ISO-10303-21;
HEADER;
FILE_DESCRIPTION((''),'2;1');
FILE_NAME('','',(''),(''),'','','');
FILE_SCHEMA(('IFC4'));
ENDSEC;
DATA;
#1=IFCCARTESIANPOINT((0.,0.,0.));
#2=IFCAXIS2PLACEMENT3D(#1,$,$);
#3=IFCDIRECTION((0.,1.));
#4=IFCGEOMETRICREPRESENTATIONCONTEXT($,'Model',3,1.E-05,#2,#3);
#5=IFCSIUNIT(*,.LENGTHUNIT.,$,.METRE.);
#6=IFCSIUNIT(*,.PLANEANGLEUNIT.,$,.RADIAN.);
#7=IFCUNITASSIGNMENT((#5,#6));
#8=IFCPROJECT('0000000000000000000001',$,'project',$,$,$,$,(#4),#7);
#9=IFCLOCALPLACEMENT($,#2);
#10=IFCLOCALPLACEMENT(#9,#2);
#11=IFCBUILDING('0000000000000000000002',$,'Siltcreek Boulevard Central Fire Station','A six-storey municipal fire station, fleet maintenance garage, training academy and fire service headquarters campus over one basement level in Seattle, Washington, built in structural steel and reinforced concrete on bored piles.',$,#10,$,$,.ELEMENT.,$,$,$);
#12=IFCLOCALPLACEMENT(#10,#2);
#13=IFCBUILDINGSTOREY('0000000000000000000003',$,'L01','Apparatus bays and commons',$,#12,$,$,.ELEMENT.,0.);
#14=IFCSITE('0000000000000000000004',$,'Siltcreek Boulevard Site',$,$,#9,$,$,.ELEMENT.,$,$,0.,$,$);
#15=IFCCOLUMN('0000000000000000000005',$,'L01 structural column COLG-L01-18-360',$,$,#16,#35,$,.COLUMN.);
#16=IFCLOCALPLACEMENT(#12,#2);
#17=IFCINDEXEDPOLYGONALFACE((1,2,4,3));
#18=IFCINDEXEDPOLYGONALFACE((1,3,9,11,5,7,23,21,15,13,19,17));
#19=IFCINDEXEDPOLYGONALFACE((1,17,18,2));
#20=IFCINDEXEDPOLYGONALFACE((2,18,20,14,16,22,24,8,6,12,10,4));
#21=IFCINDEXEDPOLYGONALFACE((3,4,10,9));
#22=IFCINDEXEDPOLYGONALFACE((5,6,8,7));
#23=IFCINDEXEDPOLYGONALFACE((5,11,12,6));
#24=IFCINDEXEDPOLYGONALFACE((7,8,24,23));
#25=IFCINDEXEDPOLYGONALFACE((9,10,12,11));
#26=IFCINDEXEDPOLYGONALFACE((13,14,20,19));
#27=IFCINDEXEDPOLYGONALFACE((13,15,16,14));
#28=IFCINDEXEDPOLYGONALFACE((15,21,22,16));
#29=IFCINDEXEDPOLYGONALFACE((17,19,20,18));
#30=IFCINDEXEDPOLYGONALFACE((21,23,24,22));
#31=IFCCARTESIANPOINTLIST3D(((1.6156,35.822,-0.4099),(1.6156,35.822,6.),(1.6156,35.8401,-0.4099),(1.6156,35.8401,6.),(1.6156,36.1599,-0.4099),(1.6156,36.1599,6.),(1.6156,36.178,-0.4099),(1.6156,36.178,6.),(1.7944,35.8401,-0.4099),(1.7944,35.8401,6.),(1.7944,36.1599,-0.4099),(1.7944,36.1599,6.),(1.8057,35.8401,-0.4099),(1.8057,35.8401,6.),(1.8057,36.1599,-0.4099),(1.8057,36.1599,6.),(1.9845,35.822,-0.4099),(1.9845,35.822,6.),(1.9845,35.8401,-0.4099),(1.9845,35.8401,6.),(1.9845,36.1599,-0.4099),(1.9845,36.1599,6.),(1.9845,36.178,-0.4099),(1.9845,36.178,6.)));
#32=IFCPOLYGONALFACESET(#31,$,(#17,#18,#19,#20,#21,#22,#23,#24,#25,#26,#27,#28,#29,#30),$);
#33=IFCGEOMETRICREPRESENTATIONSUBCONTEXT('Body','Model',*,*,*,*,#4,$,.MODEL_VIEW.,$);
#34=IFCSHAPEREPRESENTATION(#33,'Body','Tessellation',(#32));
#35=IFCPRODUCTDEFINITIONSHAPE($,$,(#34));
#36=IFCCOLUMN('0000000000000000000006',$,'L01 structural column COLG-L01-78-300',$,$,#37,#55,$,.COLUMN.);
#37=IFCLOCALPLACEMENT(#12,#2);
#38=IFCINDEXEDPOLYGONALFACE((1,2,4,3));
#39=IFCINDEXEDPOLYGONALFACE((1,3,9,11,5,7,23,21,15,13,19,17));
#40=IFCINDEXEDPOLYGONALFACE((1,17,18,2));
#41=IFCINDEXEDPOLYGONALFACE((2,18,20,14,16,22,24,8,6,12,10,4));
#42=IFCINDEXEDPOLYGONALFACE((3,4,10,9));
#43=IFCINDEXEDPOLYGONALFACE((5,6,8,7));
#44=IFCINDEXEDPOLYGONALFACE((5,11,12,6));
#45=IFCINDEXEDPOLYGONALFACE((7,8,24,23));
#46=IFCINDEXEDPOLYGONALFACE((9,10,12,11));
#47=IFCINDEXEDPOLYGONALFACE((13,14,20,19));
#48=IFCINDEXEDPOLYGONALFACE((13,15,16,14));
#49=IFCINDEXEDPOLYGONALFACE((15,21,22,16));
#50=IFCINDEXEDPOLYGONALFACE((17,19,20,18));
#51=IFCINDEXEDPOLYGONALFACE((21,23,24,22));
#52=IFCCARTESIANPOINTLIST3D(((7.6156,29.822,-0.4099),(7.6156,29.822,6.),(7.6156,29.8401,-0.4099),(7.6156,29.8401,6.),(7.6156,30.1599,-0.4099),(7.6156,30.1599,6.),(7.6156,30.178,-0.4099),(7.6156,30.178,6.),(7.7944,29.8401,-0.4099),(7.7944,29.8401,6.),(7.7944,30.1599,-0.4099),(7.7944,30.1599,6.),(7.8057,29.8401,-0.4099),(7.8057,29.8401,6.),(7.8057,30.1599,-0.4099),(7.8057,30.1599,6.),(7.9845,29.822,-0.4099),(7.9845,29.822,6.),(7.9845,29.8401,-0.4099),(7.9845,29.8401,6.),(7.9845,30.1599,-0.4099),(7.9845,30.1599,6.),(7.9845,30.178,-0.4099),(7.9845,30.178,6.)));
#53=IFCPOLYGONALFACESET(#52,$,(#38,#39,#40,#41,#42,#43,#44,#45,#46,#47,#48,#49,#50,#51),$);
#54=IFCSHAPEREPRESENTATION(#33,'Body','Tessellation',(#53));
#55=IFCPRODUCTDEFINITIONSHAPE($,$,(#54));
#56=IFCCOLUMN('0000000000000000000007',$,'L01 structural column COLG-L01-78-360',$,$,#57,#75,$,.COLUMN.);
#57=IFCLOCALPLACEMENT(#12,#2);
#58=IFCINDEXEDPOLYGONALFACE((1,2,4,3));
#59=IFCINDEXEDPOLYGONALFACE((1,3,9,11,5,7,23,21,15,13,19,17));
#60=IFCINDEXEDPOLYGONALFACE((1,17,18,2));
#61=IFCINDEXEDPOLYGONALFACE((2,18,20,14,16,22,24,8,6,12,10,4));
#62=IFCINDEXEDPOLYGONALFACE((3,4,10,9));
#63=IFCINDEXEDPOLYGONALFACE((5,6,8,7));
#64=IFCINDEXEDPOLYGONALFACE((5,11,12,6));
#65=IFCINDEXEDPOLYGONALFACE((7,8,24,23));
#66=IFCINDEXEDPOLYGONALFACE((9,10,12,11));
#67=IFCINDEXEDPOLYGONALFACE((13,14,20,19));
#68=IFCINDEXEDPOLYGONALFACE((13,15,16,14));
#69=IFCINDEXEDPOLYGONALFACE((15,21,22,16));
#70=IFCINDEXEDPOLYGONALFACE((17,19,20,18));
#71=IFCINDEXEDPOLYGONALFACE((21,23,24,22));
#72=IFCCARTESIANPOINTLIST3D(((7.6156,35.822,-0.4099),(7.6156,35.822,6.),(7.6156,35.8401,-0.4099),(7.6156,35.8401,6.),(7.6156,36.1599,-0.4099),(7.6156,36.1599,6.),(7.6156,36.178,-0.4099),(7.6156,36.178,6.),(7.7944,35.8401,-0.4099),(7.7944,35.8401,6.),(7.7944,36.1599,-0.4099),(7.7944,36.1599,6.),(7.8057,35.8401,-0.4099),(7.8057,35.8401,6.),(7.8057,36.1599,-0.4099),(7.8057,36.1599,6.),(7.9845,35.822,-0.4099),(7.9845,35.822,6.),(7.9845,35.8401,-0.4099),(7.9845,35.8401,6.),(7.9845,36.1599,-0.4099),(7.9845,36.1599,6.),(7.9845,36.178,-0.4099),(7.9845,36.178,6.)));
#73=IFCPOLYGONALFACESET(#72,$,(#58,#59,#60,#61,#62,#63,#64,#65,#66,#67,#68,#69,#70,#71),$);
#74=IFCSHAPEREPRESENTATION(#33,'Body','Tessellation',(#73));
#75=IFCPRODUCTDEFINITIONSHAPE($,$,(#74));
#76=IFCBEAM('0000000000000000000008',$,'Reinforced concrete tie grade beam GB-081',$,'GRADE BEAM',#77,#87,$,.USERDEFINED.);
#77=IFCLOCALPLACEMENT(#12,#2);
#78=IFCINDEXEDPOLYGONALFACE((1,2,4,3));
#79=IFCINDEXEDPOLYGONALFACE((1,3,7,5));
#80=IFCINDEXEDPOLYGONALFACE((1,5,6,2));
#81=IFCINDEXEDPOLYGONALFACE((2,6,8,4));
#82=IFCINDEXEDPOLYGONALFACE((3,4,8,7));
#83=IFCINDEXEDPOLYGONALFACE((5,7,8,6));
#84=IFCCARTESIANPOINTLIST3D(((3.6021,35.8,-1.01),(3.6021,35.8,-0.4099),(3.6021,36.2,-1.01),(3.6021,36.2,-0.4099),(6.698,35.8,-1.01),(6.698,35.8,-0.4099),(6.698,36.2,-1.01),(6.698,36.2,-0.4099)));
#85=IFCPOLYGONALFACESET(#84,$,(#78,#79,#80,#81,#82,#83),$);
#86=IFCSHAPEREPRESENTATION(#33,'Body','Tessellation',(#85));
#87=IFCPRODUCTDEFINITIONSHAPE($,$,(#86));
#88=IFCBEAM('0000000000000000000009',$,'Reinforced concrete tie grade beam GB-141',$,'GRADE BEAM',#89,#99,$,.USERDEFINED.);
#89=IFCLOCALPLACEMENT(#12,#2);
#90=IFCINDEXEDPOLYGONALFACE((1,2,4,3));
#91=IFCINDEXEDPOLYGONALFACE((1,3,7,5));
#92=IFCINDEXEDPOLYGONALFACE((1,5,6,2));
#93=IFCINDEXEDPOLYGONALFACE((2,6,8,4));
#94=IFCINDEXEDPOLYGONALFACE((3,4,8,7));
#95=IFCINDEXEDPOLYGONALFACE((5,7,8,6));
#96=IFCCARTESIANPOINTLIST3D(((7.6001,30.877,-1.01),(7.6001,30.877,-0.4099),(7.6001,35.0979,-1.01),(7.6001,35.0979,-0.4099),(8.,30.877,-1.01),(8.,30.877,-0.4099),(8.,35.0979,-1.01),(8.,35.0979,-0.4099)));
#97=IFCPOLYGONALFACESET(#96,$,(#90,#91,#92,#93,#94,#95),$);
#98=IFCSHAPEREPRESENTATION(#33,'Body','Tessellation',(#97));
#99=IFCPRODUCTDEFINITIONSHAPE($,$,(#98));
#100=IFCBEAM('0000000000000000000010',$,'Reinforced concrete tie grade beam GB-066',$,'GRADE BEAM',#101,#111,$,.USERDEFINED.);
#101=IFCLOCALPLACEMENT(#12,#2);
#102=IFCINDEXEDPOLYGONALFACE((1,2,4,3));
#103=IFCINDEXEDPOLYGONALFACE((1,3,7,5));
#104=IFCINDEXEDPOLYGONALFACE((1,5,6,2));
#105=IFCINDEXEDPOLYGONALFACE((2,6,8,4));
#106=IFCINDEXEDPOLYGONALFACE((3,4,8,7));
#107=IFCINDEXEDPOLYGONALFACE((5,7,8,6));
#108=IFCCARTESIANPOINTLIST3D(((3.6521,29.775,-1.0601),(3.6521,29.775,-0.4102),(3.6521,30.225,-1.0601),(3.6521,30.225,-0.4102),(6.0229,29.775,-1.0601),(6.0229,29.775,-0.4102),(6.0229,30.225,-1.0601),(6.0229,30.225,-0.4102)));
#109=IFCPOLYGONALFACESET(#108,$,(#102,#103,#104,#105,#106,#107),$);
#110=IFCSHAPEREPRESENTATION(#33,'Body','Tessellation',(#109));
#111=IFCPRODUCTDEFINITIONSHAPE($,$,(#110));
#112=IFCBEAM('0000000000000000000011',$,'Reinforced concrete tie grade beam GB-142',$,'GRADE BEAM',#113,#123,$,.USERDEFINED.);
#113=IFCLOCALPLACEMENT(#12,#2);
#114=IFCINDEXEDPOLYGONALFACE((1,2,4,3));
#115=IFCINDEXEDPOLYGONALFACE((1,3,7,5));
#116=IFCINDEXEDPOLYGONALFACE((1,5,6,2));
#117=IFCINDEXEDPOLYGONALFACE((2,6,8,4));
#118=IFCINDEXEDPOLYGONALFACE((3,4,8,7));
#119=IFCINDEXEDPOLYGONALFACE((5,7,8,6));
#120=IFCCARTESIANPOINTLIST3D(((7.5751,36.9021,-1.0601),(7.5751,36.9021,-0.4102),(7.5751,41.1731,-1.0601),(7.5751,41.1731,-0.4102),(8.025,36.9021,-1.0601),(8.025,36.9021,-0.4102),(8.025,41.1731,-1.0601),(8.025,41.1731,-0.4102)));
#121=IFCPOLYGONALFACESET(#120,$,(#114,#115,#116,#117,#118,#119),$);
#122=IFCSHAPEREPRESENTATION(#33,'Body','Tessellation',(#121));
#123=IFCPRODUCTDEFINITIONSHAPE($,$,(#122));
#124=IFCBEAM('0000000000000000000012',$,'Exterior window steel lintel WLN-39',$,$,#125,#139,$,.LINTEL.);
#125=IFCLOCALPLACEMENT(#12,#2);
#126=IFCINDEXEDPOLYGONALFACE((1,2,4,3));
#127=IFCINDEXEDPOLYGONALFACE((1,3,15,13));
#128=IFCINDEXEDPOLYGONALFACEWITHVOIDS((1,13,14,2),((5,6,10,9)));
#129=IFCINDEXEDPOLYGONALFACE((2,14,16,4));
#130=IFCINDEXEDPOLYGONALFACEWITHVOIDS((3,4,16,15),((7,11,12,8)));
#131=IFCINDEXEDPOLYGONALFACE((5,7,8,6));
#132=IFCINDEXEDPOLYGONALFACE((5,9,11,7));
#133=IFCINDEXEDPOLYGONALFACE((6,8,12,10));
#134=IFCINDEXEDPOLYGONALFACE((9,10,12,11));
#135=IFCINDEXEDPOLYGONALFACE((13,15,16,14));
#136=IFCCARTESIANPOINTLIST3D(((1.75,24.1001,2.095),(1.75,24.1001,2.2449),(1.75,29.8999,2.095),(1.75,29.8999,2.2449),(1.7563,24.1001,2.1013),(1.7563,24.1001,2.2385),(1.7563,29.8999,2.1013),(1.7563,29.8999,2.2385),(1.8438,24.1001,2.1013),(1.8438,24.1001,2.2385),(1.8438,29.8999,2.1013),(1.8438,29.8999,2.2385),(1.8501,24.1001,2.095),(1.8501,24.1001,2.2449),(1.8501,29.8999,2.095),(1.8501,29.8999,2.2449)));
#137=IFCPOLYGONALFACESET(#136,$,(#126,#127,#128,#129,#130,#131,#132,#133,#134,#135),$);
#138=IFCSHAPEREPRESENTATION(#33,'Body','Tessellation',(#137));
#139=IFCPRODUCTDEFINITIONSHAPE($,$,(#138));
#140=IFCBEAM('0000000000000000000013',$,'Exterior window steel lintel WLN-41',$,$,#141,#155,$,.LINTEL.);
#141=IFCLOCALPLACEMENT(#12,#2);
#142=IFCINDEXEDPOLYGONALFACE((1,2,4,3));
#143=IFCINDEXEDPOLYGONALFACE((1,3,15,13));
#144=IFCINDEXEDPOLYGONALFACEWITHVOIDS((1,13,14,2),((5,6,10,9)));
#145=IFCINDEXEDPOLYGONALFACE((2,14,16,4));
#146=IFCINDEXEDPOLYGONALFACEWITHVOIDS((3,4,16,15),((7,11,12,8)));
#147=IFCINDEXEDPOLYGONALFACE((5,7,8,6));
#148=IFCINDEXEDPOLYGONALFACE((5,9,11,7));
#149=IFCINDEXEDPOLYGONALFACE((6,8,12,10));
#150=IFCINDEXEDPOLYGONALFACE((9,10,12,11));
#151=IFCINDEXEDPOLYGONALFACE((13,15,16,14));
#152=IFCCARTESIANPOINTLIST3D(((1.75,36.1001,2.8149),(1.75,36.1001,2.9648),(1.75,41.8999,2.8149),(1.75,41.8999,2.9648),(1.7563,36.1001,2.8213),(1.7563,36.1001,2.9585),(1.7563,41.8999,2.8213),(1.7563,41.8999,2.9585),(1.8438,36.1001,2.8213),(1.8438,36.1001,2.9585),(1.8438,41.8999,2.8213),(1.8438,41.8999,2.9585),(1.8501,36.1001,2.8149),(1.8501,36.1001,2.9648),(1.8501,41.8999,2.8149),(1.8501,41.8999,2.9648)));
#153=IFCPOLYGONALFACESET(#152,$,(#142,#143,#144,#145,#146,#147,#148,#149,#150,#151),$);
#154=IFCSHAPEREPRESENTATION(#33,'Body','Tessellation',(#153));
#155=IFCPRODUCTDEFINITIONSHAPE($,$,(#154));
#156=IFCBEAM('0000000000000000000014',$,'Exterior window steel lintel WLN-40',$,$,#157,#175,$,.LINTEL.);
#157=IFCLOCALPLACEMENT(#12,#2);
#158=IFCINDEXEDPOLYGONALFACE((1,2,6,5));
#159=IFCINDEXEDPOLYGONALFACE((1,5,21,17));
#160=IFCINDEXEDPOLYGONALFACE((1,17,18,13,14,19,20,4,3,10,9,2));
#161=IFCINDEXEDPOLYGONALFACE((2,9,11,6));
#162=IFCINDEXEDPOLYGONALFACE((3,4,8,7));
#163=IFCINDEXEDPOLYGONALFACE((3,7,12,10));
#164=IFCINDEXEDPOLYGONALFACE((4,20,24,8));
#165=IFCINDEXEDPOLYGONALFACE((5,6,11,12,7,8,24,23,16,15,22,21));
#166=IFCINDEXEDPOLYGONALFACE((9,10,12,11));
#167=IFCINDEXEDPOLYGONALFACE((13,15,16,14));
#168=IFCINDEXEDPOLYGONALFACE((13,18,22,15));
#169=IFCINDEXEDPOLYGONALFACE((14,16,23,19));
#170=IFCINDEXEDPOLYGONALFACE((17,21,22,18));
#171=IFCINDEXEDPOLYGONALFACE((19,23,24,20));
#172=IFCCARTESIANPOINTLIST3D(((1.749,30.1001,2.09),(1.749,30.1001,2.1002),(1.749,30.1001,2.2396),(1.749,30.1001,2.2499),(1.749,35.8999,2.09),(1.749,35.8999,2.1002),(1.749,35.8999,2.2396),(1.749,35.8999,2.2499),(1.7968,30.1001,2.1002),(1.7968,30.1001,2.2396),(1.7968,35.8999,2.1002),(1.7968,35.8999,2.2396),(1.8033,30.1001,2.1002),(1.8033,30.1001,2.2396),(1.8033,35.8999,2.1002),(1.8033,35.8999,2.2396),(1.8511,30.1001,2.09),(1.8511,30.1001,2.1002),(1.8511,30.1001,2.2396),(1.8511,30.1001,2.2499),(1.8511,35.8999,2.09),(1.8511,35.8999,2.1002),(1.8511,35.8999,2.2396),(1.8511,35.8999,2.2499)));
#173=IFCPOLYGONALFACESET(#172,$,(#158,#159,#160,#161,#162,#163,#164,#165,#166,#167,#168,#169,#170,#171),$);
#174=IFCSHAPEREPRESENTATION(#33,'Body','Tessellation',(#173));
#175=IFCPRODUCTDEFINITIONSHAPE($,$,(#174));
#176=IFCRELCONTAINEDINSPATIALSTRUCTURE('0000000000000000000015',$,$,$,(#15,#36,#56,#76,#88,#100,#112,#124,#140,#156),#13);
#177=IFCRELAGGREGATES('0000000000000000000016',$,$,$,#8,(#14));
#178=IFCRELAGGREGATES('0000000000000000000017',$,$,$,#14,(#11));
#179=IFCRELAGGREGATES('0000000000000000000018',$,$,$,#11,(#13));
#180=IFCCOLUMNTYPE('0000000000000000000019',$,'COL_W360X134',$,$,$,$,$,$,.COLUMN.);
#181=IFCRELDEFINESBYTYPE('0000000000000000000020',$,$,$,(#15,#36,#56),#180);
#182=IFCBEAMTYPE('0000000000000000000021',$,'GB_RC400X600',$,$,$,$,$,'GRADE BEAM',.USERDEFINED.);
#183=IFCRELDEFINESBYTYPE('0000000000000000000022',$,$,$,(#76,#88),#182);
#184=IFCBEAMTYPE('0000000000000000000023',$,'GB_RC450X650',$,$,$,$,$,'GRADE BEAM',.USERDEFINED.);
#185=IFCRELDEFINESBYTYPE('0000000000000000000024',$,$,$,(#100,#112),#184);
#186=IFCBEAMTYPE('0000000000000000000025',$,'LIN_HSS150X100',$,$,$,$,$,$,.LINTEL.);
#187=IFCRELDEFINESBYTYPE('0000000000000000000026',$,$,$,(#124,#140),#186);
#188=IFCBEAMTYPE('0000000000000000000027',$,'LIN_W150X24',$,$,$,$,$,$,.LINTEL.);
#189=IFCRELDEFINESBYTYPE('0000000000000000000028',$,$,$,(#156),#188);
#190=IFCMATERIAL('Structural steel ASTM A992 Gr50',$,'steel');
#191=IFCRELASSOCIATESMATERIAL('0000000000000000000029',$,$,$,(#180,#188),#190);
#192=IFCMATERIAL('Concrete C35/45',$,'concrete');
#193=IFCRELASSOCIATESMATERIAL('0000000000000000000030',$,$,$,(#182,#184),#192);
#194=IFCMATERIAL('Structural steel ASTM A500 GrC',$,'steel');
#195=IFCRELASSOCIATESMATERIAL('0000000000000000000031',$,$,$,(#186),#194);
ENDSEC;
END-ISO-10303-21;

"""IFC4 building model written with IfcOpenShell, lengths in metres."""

from ifc_helpers import new_model, si_unit, direction, frame, origin, origin_2d, place, context, subcontext, project, spatial, rectangle, hollow_rectangle, i_section, extrude, material, material_profile, profile_set, type_object, element, save


model = new_model("IFC4")

# Units and contexts
model_context = context("Model", 3, precision=1e-05, world=origin(), true_north=direction((0.0, 1.0)))
body_context = subcontext(model_context, "Body", "Model", "MODEL_VIEW")
ifc_project = project(units=[si_unit("LENGTHUNIT", "METRE"), si_unit("PLANEANGLEUNIT", "RADIAN")], contexts=[model_context])

# Site, building, storey
site_placement = place(None, origin())
site = spatial("IfcSite", under=ifc_project, at=site_placement, Name="Siltcreek Boulevard Site", CompositionType="ELEMENT", RefElevation=0.0)
building_placement = place(site_placement, origin())
building = spatial("IfcBuilding", under=site, at=building_placement, Name="Siltcreek Boulevard Central Fire Station", Description="A six-storey municipal fire station, fleet maintenance garage, training academy and fire service headquarters campus over one basement level in Seattle, Washington, built in structural steel and reinforced concrete on bored piles.", CompositionType="ELEMENT")
storey_placement = place(building_placement, origin())
storey = spatial("IfcBuildingStorey", under=building, at=storey_placement, Name="L01", Description="Apparatus bays and commons", CompositionType="ELEMENT", Elevation=0.0)

# Shared definitions
ifc_material_1 = material(Name="Concrete C35/45", Category="concrete")

# Columns
ifc_material_2 = material(Name="Structural steel ASTM A992 Gr50", Category="steel")
ifc_material_profile_1 = material_profile(ifc_material_2, i_section(OverallWidth=0.3689, OverallDepth=0.356, WebThickness=0.0112, FlangeThickness=0.0181, at=origin_2d()), Name="W360X134")
ifc_profile_set_1 = profile_set([ifc_material_profile_1], Name="Structural steel ASTM A992 Gr50")
column_type = type_object("IfcColumnType", Name="COL_W360X134", PredefinedType="COLUMN", material=ifc_profile_set_1)
for number, where, z_axis, x_axis, name in (
    (1, (1.8, 36.0, -0.4099), (0.0, 0.0, 1.0), (1.0, 0.0, 0.0), "L01 structural column COLG-L01-18-360"),
    (2, (7.8, 30.0, -0.4099), (0.0, 0.0, 1.0), (1.0, 0.0, 0.0), "L01 structural column COLG-L01-78-300"),
    (3, (7.8, 36.0, -0.4099), (0.0, 0.0, 1.0), (1.0, 0.0, 0.0), "L01 structural column COLG-L01-78-360"),
):
    element("IfcColumn", number, at=place(storey_placement, frame(where, z_axis=z_axis, x_axis=x_axis)), inside=storey, type_object=column_type, Name=name, PredefinedType="COLUMN", context=body_context, shape_type="SweptSolid", body=[
        extrude(i_section(OverallWidth=0.3689, OverallDepth=0.356, WebThickness=0.0112, FlangeThickness=0.0181, at=origin_2d()), origin(), (0.0, 0.0, 1.0), 6.4099),
    ])

# Beams
ifc_material_profile_2 = material_profile(ifc_material_1, rectangle(XDim=0.3999, YDim=0.6001, at=origin_2d()), Name="RC400X600")
ifc_profile_set_2 = profile_set([ifc_material_profile_2], Name="Concrete C35/45")
beam_type_1 = type_object("IfcBeamType", Name="GB_RC400X600", ElementType="GRADE BEAM", PredefinedType="USERDEFINED", material=ifc_profile_set_2)
beam_1_placement = place(storey_placement, frame((3.6021, 36.0, -0.71), z_axis=(1.0, 0.0, 0.0), x_axis=(0.0, 1.0, 0.0)))
element("IfcBeam", 4, at=beam_1_placement, inside=storey, type_object=beam_type_1, Name="Reinforced concrete tie grade beam GB-081", ObjectType="GRADE BEAM", PredefinedType="USERDEFINED", context=body_context, shape_type="SweptSolid", body=[
    extrude(rectangle(XDim=0.3999, YDim=0.6001, at=origin_2d()), origin(), (0.0, 0.0, 1.0), 3.0959),
])
beam_2_placement = place(storey_placement, frame((7.8, 30.877, -0.71), z_axis=(0.0, 1.0, 0.0), x_axis=(-1.0, 0.0, 0.0)))
element("IfcBeam", 5, at=beam_2_placement, inside=storey, type_object=beam_type_1, Name="Reinforced concrete tie grade beam GB-141", ObjectType="GRADE BEAM", PredefinedType="USERDEFINED", context=body_context, shape_type="SweptSolid", body=[
    extrude(rectangle(XDim=0.3999, YDim=0.6001, at=origin_2d()), origin(), (0.0, 0.0, 1.0), 4.2209),
])
ifc_material_profile_3 = material_profile(ifc_material_1, rectangle(XDim=0.45, YDim=0.6499, at=origin_2d()), Name="RC450X650")
ifc_profile_set_3 = profile_set([ifc_material_profile_3], Name="Concrete C35/45")
beam_type_2 = type_object("IfcBeamType", Name="GB_RC450X650", ElementType="GRADE BEAM", PredefinedType="USERDEFINED", material=ifc_profile_set_3)
beam_3_placement = place(storey_placement, frame((3.6521, 30.0, -0.7351), z_axis=(1.0, 0.0, 0.0), x_axis=(0.0, 1.0, 0.0)))
element("IfcBeam", 6, at=beam_3_placement, inside=storey, type_object=beam_type_2, Name="Reinforced concrete tie grade beam GB-066", ObjectType="GRADE BEAM", PredefinedType="USERDEFINED", context=body_context, shape_type="SweptSolid", body=[
    extrude(rectangle(XDim=0.45, YDim=0.6499, at=origin_2d()), origin(), (0.0, 0.0, 1.0), 2.3708),
])
beam_4_placement = place(storey_placement, frame((7.8, 36.9021, -0.7351), z_axis=(0.0, 1.0, 0.0), x_axis=(-1.0, 0.0, 0.0)))
element("IfcBeam", 7, at=beam_4_placement, inside=storey, type_object=beam_type_2, Name="Reinforced concrete tie grade beam GB-142", ObjectType="GRADE BEAM", PredefinedType="USERDEFINED", context=body_context, shape_type="SweptSolid", body=[
    extrude(rectangle(XDim=0.45, YDim=0.6499, at=origin_2d()), origin(), (0.0, 0.0, 1.0), 4.271),
])
ifc_material_3 = material(Name="Structural steel ASTM A500 GrC", Category="steel")
ifc_material_profile_4 = material_profile(ifc_material_3, hollow_rectangle(XDim=0.1001, YDim=0.1499, WallThickness=0.0063, at=origin_2d()), Name="HSS150X100X6.4")
ifc_profile_set_4 = profile_set([ifc_material_profile_4], Name="Structural steel ASTM A500 GrC")
beam_type_3 = type_object("IfcBeamType", Name="LIN_HSS150X100", PredefinedType="LINTEL", material=ifc_profile_set_4)
for number, where, z_axis, x_axis, name in (
    (8, (1.8, 29.8999, 2.1699), (0.0, -1.0, 0.0), (1.0, 0.0, 0.0), "Exterior window steel lintel WLN-39"),
    (9, (1.8, 41.8999, 2.8899), (0.0, -1.0, 0.0), (1.0, 0.0, 0.0), "Exterior window steel lintel WLN-41"),
):
    element("IfcBeam", number, at=place(storey_placement, frame(where, z_axis=z_axis, x_axis=x_axis)), inside=storey, type_object=beam_type_3, Name=name, PredefinedType="LINTEL", context=body_context, shape_type="SweptSolid", body=[
        extrude(hollow_rectangle(XDim=0.1001, YDim=0.1499, WallThickness=0.0063, at=origin_2d()), origin(), (0.0, 0.0, 1.0), 5.7998),
    ])
ifc_material_profile_5 = material_profile(ifc_material_2, i_section(OverallWidth=0.1021, OverallDepth=0.1599, WebThickness=0.0066, FlangeThickness=0.0103, at=origin_2d()), Name="W150X24")
ifc_profile_set_5 = profile_set([ifc_material_profile_5], Name="Structural steel ASTM A992 Gr50")
beam_type_4 = type_object("IfcBeamType", Name="LIN_W150X24", PredefinedType="LINTEL", material=ifc_profile_set_5)
beam_5_placement = place(storey_placement, frame((1.8, 35.8999, 2.1699), z_axis=(0.0, -1.0, 0.0), x_axis=(1.0, 0.0, 0.0)))
element("IfcBeam", 10, at=beam_5_placement, inside=storey, type_object=beam_type_4, Name="Exterior window steel lintel WLN-40", PredefinedType="LINTEL", context=body_context, shape_type="SweptSolid", body=[
    extrude(i_section(OverallWidth=0.1021, OverallDepth=0.1599, WebThickness=0.0066, FlangeThickness=0.0103, at=origin_2d()), origin(), (0.0, 0.0, 1.0), 5.7998),
])

save(model, "model.ifc")
